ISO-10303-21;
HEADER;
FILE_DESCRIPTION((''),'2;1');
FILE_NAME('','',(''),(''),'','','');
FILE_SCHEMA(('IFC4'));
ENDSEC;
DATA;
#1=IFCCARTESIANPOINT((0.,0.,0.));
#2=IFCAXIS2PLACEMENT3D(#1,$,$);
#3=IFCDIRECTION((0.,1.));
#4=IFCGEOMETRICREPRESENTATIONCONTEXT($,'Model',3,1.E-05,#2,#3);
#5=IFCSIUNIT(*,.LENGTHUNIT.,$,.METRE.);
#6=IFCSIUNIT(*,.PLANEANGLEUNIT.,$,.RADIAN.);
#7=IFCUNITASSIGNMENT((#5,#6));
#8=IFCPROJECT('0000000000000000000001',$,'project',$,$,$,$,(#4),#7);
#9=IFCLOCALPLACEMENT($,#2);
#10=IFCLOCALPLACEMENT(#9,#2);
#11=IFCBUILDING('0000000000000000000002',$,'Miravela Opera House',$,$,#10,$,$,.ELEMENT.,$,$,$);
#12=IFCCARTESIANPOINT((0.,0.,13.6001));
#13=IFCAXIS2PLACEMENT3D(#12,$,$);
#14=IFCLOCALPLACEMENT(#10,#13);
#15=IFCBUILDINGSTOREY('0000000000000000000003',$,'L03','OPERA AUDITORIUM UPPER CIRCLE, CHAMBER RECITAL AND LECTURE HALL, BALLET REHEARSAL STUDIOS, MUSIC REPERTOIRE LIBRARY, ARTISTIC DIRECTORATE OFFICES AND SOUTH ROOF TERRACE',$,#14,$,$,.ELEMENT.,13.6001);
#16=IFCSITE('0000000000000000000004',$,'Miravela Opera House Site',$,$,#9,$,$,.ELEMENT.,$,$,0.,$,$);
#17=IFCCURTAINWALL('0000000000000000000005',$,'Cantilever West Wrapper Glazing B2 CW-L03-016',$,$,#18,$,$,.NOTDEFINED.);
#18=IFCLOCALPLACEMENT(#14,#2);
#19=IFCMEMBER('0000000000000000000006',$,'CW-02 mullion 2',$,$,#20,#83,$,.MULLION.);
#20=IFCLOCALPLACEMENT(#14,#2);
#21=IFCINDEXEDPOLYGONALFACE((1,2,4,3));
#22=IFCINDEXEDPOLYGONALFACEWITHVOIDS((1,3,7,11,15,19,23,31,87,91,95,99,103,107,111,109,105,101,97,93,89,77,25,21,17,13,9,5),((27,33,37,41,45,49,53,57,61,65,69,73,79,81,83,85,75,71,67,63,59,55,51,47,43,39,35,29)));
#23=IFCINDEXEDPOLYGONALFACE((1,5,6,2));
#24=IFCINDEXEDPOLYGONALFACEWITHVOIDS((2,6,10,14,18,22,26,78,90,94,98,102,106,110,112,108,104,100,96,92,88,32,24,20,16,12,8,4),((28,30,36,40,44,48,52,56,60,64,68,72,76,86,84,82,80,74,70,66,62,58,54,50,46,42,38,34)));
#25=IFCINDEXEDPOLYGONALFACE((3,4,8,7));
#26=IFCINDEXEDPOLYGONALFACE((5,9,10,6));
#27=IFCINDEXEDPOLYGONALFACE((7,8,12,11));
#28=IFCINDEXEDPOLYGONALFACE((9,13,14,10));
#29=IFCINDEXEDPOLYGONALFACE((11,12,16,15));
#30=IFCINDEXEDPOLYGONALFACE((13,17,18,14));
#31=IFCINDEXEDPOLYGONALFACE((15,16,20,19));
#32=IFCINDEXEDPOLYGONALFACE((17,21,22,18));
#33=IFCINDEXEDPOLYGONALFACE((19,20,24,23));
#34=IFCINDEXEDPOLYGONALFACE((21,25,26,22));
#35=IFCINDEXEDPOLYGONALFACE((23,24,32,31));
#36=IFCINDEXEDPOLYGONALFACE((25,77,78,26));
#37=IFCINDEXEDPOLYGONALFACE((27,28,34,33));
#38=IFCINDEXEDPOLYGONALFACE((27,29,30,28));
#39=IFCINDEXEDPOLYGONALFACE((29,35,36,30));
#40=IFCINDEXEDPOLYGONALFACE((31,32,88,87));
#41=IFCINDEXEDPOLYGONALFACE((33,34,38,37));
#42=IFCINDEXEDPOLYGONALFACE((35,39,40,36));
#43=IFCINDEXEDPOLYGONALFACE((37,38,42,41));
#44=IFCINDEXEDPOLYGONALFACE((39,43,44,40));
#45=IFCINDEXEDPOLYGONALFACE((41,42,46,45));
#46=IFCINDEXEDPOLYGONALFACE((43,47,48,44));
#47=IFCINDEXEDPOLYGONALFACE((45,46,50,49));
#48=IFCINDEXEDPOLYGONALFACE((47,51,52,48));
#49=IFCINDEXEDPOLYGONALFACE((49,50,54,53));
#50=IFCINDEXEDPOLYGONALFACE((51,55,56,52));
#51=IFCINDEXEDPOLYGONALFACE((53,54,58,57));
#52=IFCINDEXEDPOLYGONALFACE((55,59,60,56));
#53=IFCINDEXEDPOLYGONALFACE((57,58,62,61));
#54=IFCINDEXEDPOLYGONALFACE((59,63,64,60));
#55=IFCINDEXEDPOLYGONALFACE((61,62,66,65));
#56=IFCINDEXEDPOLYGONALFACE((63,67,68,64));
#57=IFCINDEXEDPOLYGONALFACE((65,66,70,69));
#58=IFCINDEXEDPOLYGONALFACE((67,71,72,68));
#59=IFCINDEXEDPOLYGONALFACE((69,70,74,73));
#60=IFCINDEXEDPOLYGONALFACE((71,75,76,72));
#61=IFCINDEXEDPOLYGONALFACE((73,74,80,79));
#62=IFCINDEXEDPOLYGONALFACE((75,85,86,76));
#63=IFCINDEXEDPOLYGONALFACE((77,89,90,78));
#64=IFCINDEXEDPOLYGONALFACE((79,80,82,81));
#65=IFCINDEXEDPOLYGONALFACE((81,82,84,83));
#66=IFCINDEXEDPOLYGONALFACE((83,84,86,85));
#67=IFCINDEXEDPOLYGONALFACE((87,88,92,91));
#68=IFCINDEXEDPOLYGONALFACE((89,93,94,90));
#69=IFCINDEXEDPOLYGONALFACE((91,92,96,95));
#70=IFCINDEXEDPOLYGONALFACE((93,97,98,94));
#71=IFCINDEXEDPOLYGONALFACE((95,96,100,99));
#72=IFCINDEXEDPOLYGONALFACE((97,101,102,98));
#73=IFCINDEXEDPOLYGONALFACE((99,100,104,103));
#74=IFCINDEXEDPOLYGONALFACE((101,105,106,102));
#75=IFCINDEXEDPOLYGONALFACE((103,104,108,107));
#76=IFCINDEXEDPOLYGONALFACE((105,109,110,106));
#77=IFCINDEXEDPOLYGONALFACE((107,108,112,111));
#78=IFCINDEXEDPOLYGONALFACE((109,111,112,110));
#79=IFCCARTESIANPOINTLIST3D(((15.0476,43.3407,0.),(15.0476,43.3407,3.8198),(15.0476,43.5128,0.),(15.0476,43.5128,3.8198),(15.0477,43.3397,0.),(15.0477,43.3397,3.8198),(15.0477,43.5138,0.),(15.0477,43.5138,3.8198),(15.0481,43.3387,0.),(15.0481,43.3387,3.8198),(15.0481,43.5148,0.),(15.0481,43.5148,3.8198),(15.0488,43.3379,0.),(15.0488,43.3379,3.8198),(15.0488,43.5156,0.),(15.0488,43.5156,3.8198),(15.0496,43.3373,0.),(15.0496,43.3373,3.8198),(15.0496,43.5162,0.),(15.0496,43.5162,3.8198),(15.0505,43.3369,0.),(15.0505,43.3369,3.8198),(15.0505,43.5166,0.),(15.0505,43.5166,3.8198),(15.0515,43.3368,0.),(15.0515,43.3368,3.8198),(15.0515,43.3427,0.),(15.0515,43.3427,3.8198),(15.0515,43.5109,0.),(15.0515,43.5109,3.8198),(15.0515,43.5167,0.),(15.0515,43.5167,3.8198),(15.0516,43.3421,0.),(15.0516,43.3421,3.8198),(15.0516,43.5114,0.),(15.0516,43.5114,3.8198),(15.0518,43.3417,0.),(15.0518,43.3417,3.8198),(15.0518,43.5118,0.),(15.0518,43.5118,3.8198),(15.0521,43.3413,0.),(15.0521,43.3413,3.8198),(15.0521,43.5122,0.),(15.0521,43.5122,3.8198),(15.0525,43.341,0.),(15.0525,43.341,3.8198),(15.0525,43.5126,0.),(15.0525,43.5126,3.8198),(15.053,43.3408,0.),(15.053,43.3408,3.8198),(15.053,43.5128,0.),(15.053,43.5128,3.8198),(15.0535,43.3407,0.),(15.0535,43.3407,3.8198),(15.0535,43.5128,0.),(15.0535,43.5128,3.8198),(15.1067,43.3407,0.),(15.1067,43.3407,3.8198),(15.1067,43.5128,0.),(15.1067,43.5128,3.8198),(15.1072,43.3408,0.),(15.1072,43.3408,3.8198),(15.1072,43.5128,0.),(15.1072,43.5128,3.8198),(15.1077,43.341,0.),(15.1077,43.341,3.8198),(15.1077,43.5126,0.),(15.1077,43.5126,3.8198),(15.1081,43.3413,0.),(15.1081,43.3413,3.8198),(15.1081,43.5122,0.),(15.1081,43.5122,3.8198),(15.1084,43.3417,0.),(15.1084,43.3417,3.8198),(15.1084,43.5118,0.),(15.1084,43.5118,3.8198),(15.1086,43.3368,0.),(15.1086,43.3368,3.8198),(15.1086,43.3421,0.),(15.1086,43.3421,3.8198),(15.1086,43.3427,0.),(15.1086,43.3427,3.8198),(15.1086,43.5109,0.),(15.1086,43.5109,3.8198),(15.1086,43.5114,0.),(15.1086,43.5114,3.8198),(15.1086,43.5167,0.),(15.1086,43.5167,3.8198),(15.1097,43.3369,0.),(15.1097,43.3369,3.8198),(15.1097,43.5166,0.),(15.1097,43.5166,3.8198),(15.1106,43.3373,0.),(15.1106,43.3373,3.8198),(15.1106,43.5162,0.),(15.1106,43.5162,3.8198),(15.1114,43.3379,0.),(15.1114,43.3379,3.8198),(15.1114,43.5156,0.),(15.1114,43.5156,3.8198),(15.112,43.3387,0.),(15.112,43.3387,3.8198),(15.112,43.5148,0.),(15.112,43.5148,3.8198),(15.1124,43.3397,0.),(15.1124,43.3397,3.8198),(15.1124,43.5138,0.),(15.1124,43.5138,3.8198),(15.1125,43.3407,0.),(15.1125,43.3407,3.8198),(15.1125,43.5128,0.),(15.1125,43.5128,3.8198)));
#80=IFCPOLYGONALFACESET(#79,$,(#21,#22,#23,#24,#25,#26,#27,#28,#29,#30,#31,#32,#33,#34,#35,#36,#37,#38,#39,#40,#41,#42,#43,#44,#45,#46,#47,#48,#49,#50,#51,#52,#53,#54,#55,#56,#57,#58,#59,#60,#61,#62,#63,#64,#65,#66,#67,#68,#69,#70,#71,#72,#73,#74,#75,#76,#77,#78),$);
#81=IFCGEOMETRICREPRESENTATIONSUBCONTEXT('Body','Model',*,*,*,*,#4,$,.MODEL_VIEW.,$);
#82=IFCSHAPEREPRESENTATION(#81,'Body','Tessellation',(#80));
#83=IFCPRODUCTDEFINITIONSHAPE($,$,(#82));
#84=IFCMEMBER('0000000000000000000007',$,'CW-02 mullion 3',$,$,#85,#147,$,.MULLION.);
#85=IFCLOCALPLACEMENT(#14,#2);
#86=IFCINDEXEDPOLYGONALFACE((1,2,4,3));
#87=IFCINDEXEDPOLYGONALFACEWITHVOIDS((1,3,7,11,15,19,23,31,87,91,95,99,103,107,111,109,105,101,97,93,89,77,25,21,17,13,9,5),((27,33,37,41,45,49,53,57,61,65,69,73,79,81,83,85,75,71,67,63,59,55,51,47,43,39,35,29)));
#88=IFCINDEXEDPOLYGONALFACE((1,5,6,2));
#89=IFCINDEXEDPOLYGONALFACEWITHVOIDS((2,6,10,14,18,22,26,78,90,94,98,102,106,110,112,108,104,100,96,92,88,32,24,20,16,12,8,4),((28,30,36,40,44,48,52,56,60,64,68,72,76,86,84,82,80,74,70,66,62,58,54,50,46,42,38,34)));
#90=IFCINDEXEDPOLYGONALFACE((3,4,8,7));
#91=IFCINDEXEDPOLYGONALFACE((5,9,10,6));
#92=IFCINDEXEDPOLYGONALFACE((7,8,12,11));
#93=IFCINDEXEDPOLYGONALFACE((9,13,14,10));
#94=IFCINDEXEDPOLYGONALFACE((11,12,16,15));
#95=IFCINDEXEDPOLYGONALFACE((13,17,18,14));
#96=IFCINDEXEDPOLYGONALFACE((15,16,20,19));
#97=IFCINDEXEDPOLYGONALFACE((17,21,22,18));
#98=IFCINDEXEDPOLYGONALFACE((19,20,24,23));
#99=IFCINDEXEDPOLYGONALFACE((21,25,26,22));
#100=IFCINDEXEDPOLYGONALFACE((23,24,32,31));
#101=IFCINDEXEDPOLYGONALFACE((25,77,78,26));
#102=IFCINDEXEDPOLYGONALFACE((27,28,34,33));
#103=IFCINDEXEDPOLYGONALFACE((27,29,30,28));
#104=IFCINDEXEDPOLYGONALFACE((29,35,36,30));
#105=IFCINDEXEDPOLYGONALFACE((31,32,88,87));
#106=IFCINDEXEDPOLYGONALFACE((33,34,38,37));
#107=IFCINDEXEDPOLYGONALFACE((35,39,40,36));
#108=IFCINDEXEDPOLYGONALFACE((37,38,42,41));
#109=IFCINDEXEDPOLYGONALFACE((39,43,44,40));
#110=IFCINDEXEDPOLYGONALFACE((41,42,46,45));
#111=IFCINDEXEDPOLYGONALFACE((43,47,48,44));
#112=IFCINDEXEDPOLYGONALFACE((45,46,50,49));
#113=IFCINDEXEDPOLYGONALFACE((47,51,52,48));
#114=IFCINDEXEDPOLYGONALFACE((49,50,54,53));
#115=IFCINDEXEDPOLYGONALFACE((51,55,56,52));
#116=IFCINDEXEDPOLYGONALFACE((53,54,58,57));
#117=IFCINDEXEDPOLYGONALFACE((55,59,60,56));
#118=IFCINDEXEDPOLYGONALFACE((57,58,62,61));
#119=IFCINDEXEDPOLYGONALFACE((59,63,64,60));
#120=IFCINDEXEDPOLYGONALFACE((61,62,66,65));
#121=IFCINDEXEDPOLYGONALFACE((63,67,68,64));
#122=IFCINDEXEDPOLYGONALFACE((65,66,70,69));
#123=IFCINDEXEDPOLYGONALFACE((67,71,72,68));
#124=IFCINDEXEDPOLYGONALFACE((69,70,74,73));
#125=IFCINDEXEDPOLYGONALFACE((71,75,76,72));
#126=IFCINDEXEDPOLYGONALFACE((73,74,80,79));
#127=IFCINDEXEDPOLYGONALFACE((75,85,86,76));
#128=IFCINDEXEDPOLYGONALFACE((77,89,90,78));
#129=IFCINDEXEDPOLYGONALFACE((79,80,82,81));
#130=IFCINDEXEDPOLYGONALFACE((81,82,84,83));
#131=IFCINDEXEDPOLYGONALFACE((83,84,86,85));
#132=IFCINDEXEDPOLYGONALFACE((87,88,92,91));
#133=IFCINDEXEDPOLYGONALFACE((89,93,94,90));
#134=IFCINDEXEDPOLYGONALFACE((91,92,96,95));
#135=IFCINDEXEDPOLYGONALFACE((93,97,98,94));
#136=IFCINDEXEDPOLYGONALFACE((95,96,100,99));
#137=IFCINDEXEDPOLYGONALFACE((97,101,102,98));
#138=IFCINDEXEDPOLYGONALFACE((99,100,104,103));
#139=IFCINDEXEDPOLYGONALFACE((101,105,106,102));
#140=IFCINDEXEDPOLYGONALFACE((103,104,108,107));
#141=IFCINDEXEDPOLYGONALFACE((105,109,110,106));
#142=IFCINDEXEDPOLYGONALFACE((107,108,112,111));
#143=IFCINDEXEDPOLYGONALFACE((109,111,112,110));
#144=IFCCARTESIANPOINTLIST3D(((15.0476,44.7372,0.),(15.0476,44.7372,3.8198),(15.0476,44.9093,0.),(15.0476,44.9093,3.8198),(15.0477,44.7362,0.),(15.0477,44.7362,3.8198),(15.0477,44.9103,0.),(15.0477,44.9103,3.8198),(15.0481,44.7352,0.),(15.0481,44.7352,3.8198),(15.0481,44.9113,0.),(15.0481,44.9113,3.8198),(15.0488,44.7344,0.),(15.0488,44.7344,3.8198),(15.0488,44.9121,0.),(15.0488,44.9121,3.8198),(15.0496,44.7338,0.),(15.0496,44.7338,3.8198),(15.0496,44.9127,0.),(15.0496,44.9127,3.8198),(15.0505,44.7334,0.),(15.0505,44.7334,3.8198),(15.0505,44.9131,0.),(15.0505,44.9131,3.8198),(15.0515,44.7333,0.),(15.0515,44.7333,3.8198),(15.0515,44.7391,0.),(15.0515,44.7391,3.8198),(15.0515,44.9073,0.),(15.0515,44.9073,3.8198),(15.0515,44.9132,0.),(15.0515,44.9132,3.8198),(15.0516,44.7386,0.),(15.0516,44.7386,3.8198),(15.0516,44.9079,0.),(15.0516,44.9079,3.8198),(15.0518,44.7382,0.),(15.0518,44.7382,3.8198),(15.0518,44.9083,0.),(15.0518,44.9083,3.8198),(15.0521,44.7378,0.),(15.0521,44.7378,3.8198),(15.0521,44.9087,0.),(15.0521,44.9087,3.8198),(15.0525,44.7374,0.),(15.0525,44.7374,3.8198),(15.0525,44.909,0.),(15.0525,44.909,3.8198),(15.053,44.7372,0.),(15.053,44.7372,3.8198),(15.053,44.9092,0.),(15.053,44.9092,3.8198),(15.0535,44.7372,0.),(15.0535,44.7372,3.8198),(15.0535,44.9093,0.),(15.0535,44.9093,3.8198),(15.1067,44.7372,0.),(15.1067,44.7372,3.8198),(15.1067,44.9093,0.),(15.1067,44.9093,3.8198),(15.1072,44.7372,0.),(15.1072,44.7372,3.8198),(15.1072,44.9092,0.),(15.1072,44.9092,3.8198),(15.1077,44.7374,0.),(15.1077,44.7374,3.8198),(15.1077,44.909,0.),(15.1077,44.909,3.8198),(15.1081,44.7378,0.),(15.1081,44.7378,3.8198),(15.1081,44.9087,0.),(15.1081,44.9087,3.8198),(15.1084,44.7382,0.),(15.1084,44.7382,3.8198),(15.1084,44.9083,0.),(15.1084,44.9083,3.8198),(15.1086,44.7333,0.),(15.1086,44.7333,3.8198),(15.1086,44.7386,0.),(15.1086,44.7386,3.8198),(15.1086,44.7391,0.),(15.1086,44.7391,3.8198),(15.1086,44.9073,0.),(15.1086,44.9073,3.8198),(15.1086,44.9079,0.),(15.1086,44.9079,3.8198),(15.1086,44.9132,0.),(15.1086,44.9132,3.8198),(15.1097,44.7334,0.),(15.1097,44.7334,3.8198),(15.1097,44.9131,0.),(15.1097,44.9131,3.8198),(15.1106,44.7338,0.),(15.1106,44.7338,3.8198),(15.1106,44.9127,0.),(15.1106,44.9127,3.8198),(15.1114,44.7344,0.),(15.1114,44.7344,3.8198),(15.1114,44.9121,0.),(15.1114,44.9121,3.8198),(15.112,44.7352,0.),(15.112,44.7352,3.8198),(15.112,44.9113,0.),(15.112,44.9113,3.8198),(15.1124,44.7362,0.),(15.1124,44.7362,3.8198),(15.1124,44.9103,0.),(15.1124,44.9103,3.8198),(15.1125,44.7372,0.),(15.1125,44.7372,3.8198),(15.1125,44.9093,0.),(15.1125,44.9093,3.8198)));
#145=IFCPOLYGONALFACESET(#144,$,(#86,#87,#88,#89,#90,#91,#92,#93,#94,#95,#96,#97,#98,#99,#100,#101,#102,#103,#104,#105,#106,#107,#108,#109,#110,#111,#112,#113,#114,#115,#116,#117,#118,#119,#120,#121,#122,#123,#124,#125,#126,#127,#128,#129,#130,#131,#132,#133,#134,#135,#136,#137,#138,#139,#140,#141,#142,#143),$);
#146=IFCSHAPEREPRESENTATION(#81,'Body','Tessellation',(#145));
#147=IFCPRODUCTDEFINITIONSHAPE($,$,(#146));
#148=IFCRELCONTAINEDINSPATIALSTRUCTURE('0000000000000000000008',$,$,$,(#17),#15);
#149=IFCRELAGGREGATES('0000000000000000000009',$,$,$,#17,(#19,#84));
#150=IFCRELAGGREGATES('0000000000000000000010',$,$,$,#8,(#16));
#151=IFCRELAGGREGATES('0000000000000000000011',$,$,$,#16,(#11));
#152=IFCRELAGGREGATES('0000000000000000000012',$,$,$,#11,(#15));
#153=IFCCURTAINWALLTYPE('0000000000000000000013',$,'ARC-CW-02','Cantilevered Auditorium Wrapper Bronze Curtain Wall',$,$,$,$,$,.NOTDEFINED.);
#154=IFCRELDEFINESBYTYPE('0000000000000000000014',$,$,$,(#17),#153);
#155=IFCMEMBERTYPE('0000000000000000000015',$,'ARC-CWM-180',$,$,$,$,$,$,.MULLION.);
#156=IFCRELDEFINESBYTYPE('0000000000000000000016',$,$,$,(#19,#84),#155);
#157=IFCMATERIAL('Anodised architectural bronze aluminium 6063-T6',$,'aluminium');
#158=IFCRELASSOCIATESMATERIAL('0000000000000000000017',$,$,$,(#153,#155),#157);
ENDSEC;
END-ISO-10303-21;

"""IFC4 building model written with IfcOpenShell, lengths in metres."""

from ifc_helpers import new_model, si_unit, direction, frame, origin, origin_2d, place, context, subcontext, project, spatial, hollow_rectangle, extrude, material, material_profile, profile_set, type_object, element, aggregate, save


model = new_model("IFC4")

# Units and contexts
model_context = context("Model", 3, precision=1e-05, world=origin(), true_north=direction((0.0, 1.0)))
body_context = subcontext(model_context, "Body", "Model", "MODEL_VIEW")
ifc_project = project(units=[si_unit("LENGTHUNIT", "METRE"), si_unit("PLANEANGLEUNIT", "RADIAN")], contexts=[model_context])

# Site, building, storey
site_placement = place(None, origin())
site = spatial("IfcSite", under=ifc_project, at=site_placement, Name="Miravela Opera House Site", CompositionType="ELEMENT", RefElevation=0.0)
building_placement = place(site_placement, origin())
building = spatial("IfcBuilding", under=site, at=building_placement, Name="Miravela Opera House", CompositionType="ELEMENT")
storey_placement = place(building_placement, frame((0.0, 0.0, 13.6001)))
storey = spatial("IfcBuildingStorey", under=building, at=storey_placement, Name="L03", Description="OPERA AUDITORIUM UPPER CIRCLE, CHAMBER RECITAL AND LECTURE HALL, BALLET REHEARSAL STUDIOS, MUSIC REPERTOIRE LIBRARY, ARTISTIC DIRECTORATE OFFICES AND SOUTH ROOF TERRACE", CompositionType="ELEMENT", Elevation=13.6001)

# Curtain wall, members
ifc_material_1 = material(Name="Anodised architectural bronze aluminium 6063-T6", Category="aluminium")
curtain_wall_type = type_object("IfcCurtainWallType", Name="ARC-CW-02", Description="Cantilevered Auditorium Wrapper Bronze Curtain Wall", PredefinedType="NOTDEFINED", material=ifc_material_1)
curtain_wall_1_placement = place(storey_placement, origin())
curtain_wall_1 = element("IfcCurtainWall", 1, at=curtain_wall_1_placement, inside=storey, type_object=curtain_wall_type, Name="Cantilever West Wrapper Glazing B2 CW-L03-016", PredefinedType="NOTDEFINED")
ifc_material_profile_1 = material_profile(ifc_material_1, hollow_rectangle(XDim=0.0649, YDim=0.1799, WallThickness=0.0039, InnerFilletRadius=0.002, OuterFilletRadius=0.0039, at=origin_2d()), Name="CWM-65X180")
ifc_profile_set_1 = profile_set([ifc_material_profile_1])
member_type_1 = type_object("IfcMemberType", Name="ARC-CWM-180", PredefinedType="MULLION", material=ifc_profile_set_1)
member_1_placement = place(storey_placement, frame((15.0801, 43.4268, 0.0), z_axis=(0.0, 0.0, 1.0), x_axis=(-1.0, 0.0, 0.0)))
member_1 = element("IfcMember", 2, at=member_1_placement, type_object=member_type_1, Name="CW-02 mullion 2", PredefinedType="MULLION", context=body_context, shape_type="SweptSolid", body=[
    extrude(hollow_rectangle(XDim=0.0649, YDim=0.1799, WallThickness=0.0039, InnerFilletRadius=0.002, OuterFilletRadius=0.0039, at=origin_2d()), origin(), (0.0, 0.0, 1.0), 3.8198),
])
member_2_placement = place(storey_placement, frame((15.0801, 44.8232, 0.0), z_axis=(0.0, 0.0, 1.0), x_axis=(-1.0, 0.0, 0.0)))
member_2 = element("IfcMember", 3, at=member_2_placement, type_object=member_type_1, Name="CW-02 mullion 3", PredefinedType="MULLION", context=body_context, shape_type="SweptSolid", body=[
    extrude(hollow_rectangle(XDim=0.0649, YDim=0.1799, WallThickness=0.0039, InnerFilletRadius=0.002, OuterFilletRadius=0.0039, at=origin_2d()), origin(), (0.0, 0.0, 1.0), 3.8198),
])

aggregate(curtain_wall_1, [member_1, member_2])

save(model, "model.ifc")
